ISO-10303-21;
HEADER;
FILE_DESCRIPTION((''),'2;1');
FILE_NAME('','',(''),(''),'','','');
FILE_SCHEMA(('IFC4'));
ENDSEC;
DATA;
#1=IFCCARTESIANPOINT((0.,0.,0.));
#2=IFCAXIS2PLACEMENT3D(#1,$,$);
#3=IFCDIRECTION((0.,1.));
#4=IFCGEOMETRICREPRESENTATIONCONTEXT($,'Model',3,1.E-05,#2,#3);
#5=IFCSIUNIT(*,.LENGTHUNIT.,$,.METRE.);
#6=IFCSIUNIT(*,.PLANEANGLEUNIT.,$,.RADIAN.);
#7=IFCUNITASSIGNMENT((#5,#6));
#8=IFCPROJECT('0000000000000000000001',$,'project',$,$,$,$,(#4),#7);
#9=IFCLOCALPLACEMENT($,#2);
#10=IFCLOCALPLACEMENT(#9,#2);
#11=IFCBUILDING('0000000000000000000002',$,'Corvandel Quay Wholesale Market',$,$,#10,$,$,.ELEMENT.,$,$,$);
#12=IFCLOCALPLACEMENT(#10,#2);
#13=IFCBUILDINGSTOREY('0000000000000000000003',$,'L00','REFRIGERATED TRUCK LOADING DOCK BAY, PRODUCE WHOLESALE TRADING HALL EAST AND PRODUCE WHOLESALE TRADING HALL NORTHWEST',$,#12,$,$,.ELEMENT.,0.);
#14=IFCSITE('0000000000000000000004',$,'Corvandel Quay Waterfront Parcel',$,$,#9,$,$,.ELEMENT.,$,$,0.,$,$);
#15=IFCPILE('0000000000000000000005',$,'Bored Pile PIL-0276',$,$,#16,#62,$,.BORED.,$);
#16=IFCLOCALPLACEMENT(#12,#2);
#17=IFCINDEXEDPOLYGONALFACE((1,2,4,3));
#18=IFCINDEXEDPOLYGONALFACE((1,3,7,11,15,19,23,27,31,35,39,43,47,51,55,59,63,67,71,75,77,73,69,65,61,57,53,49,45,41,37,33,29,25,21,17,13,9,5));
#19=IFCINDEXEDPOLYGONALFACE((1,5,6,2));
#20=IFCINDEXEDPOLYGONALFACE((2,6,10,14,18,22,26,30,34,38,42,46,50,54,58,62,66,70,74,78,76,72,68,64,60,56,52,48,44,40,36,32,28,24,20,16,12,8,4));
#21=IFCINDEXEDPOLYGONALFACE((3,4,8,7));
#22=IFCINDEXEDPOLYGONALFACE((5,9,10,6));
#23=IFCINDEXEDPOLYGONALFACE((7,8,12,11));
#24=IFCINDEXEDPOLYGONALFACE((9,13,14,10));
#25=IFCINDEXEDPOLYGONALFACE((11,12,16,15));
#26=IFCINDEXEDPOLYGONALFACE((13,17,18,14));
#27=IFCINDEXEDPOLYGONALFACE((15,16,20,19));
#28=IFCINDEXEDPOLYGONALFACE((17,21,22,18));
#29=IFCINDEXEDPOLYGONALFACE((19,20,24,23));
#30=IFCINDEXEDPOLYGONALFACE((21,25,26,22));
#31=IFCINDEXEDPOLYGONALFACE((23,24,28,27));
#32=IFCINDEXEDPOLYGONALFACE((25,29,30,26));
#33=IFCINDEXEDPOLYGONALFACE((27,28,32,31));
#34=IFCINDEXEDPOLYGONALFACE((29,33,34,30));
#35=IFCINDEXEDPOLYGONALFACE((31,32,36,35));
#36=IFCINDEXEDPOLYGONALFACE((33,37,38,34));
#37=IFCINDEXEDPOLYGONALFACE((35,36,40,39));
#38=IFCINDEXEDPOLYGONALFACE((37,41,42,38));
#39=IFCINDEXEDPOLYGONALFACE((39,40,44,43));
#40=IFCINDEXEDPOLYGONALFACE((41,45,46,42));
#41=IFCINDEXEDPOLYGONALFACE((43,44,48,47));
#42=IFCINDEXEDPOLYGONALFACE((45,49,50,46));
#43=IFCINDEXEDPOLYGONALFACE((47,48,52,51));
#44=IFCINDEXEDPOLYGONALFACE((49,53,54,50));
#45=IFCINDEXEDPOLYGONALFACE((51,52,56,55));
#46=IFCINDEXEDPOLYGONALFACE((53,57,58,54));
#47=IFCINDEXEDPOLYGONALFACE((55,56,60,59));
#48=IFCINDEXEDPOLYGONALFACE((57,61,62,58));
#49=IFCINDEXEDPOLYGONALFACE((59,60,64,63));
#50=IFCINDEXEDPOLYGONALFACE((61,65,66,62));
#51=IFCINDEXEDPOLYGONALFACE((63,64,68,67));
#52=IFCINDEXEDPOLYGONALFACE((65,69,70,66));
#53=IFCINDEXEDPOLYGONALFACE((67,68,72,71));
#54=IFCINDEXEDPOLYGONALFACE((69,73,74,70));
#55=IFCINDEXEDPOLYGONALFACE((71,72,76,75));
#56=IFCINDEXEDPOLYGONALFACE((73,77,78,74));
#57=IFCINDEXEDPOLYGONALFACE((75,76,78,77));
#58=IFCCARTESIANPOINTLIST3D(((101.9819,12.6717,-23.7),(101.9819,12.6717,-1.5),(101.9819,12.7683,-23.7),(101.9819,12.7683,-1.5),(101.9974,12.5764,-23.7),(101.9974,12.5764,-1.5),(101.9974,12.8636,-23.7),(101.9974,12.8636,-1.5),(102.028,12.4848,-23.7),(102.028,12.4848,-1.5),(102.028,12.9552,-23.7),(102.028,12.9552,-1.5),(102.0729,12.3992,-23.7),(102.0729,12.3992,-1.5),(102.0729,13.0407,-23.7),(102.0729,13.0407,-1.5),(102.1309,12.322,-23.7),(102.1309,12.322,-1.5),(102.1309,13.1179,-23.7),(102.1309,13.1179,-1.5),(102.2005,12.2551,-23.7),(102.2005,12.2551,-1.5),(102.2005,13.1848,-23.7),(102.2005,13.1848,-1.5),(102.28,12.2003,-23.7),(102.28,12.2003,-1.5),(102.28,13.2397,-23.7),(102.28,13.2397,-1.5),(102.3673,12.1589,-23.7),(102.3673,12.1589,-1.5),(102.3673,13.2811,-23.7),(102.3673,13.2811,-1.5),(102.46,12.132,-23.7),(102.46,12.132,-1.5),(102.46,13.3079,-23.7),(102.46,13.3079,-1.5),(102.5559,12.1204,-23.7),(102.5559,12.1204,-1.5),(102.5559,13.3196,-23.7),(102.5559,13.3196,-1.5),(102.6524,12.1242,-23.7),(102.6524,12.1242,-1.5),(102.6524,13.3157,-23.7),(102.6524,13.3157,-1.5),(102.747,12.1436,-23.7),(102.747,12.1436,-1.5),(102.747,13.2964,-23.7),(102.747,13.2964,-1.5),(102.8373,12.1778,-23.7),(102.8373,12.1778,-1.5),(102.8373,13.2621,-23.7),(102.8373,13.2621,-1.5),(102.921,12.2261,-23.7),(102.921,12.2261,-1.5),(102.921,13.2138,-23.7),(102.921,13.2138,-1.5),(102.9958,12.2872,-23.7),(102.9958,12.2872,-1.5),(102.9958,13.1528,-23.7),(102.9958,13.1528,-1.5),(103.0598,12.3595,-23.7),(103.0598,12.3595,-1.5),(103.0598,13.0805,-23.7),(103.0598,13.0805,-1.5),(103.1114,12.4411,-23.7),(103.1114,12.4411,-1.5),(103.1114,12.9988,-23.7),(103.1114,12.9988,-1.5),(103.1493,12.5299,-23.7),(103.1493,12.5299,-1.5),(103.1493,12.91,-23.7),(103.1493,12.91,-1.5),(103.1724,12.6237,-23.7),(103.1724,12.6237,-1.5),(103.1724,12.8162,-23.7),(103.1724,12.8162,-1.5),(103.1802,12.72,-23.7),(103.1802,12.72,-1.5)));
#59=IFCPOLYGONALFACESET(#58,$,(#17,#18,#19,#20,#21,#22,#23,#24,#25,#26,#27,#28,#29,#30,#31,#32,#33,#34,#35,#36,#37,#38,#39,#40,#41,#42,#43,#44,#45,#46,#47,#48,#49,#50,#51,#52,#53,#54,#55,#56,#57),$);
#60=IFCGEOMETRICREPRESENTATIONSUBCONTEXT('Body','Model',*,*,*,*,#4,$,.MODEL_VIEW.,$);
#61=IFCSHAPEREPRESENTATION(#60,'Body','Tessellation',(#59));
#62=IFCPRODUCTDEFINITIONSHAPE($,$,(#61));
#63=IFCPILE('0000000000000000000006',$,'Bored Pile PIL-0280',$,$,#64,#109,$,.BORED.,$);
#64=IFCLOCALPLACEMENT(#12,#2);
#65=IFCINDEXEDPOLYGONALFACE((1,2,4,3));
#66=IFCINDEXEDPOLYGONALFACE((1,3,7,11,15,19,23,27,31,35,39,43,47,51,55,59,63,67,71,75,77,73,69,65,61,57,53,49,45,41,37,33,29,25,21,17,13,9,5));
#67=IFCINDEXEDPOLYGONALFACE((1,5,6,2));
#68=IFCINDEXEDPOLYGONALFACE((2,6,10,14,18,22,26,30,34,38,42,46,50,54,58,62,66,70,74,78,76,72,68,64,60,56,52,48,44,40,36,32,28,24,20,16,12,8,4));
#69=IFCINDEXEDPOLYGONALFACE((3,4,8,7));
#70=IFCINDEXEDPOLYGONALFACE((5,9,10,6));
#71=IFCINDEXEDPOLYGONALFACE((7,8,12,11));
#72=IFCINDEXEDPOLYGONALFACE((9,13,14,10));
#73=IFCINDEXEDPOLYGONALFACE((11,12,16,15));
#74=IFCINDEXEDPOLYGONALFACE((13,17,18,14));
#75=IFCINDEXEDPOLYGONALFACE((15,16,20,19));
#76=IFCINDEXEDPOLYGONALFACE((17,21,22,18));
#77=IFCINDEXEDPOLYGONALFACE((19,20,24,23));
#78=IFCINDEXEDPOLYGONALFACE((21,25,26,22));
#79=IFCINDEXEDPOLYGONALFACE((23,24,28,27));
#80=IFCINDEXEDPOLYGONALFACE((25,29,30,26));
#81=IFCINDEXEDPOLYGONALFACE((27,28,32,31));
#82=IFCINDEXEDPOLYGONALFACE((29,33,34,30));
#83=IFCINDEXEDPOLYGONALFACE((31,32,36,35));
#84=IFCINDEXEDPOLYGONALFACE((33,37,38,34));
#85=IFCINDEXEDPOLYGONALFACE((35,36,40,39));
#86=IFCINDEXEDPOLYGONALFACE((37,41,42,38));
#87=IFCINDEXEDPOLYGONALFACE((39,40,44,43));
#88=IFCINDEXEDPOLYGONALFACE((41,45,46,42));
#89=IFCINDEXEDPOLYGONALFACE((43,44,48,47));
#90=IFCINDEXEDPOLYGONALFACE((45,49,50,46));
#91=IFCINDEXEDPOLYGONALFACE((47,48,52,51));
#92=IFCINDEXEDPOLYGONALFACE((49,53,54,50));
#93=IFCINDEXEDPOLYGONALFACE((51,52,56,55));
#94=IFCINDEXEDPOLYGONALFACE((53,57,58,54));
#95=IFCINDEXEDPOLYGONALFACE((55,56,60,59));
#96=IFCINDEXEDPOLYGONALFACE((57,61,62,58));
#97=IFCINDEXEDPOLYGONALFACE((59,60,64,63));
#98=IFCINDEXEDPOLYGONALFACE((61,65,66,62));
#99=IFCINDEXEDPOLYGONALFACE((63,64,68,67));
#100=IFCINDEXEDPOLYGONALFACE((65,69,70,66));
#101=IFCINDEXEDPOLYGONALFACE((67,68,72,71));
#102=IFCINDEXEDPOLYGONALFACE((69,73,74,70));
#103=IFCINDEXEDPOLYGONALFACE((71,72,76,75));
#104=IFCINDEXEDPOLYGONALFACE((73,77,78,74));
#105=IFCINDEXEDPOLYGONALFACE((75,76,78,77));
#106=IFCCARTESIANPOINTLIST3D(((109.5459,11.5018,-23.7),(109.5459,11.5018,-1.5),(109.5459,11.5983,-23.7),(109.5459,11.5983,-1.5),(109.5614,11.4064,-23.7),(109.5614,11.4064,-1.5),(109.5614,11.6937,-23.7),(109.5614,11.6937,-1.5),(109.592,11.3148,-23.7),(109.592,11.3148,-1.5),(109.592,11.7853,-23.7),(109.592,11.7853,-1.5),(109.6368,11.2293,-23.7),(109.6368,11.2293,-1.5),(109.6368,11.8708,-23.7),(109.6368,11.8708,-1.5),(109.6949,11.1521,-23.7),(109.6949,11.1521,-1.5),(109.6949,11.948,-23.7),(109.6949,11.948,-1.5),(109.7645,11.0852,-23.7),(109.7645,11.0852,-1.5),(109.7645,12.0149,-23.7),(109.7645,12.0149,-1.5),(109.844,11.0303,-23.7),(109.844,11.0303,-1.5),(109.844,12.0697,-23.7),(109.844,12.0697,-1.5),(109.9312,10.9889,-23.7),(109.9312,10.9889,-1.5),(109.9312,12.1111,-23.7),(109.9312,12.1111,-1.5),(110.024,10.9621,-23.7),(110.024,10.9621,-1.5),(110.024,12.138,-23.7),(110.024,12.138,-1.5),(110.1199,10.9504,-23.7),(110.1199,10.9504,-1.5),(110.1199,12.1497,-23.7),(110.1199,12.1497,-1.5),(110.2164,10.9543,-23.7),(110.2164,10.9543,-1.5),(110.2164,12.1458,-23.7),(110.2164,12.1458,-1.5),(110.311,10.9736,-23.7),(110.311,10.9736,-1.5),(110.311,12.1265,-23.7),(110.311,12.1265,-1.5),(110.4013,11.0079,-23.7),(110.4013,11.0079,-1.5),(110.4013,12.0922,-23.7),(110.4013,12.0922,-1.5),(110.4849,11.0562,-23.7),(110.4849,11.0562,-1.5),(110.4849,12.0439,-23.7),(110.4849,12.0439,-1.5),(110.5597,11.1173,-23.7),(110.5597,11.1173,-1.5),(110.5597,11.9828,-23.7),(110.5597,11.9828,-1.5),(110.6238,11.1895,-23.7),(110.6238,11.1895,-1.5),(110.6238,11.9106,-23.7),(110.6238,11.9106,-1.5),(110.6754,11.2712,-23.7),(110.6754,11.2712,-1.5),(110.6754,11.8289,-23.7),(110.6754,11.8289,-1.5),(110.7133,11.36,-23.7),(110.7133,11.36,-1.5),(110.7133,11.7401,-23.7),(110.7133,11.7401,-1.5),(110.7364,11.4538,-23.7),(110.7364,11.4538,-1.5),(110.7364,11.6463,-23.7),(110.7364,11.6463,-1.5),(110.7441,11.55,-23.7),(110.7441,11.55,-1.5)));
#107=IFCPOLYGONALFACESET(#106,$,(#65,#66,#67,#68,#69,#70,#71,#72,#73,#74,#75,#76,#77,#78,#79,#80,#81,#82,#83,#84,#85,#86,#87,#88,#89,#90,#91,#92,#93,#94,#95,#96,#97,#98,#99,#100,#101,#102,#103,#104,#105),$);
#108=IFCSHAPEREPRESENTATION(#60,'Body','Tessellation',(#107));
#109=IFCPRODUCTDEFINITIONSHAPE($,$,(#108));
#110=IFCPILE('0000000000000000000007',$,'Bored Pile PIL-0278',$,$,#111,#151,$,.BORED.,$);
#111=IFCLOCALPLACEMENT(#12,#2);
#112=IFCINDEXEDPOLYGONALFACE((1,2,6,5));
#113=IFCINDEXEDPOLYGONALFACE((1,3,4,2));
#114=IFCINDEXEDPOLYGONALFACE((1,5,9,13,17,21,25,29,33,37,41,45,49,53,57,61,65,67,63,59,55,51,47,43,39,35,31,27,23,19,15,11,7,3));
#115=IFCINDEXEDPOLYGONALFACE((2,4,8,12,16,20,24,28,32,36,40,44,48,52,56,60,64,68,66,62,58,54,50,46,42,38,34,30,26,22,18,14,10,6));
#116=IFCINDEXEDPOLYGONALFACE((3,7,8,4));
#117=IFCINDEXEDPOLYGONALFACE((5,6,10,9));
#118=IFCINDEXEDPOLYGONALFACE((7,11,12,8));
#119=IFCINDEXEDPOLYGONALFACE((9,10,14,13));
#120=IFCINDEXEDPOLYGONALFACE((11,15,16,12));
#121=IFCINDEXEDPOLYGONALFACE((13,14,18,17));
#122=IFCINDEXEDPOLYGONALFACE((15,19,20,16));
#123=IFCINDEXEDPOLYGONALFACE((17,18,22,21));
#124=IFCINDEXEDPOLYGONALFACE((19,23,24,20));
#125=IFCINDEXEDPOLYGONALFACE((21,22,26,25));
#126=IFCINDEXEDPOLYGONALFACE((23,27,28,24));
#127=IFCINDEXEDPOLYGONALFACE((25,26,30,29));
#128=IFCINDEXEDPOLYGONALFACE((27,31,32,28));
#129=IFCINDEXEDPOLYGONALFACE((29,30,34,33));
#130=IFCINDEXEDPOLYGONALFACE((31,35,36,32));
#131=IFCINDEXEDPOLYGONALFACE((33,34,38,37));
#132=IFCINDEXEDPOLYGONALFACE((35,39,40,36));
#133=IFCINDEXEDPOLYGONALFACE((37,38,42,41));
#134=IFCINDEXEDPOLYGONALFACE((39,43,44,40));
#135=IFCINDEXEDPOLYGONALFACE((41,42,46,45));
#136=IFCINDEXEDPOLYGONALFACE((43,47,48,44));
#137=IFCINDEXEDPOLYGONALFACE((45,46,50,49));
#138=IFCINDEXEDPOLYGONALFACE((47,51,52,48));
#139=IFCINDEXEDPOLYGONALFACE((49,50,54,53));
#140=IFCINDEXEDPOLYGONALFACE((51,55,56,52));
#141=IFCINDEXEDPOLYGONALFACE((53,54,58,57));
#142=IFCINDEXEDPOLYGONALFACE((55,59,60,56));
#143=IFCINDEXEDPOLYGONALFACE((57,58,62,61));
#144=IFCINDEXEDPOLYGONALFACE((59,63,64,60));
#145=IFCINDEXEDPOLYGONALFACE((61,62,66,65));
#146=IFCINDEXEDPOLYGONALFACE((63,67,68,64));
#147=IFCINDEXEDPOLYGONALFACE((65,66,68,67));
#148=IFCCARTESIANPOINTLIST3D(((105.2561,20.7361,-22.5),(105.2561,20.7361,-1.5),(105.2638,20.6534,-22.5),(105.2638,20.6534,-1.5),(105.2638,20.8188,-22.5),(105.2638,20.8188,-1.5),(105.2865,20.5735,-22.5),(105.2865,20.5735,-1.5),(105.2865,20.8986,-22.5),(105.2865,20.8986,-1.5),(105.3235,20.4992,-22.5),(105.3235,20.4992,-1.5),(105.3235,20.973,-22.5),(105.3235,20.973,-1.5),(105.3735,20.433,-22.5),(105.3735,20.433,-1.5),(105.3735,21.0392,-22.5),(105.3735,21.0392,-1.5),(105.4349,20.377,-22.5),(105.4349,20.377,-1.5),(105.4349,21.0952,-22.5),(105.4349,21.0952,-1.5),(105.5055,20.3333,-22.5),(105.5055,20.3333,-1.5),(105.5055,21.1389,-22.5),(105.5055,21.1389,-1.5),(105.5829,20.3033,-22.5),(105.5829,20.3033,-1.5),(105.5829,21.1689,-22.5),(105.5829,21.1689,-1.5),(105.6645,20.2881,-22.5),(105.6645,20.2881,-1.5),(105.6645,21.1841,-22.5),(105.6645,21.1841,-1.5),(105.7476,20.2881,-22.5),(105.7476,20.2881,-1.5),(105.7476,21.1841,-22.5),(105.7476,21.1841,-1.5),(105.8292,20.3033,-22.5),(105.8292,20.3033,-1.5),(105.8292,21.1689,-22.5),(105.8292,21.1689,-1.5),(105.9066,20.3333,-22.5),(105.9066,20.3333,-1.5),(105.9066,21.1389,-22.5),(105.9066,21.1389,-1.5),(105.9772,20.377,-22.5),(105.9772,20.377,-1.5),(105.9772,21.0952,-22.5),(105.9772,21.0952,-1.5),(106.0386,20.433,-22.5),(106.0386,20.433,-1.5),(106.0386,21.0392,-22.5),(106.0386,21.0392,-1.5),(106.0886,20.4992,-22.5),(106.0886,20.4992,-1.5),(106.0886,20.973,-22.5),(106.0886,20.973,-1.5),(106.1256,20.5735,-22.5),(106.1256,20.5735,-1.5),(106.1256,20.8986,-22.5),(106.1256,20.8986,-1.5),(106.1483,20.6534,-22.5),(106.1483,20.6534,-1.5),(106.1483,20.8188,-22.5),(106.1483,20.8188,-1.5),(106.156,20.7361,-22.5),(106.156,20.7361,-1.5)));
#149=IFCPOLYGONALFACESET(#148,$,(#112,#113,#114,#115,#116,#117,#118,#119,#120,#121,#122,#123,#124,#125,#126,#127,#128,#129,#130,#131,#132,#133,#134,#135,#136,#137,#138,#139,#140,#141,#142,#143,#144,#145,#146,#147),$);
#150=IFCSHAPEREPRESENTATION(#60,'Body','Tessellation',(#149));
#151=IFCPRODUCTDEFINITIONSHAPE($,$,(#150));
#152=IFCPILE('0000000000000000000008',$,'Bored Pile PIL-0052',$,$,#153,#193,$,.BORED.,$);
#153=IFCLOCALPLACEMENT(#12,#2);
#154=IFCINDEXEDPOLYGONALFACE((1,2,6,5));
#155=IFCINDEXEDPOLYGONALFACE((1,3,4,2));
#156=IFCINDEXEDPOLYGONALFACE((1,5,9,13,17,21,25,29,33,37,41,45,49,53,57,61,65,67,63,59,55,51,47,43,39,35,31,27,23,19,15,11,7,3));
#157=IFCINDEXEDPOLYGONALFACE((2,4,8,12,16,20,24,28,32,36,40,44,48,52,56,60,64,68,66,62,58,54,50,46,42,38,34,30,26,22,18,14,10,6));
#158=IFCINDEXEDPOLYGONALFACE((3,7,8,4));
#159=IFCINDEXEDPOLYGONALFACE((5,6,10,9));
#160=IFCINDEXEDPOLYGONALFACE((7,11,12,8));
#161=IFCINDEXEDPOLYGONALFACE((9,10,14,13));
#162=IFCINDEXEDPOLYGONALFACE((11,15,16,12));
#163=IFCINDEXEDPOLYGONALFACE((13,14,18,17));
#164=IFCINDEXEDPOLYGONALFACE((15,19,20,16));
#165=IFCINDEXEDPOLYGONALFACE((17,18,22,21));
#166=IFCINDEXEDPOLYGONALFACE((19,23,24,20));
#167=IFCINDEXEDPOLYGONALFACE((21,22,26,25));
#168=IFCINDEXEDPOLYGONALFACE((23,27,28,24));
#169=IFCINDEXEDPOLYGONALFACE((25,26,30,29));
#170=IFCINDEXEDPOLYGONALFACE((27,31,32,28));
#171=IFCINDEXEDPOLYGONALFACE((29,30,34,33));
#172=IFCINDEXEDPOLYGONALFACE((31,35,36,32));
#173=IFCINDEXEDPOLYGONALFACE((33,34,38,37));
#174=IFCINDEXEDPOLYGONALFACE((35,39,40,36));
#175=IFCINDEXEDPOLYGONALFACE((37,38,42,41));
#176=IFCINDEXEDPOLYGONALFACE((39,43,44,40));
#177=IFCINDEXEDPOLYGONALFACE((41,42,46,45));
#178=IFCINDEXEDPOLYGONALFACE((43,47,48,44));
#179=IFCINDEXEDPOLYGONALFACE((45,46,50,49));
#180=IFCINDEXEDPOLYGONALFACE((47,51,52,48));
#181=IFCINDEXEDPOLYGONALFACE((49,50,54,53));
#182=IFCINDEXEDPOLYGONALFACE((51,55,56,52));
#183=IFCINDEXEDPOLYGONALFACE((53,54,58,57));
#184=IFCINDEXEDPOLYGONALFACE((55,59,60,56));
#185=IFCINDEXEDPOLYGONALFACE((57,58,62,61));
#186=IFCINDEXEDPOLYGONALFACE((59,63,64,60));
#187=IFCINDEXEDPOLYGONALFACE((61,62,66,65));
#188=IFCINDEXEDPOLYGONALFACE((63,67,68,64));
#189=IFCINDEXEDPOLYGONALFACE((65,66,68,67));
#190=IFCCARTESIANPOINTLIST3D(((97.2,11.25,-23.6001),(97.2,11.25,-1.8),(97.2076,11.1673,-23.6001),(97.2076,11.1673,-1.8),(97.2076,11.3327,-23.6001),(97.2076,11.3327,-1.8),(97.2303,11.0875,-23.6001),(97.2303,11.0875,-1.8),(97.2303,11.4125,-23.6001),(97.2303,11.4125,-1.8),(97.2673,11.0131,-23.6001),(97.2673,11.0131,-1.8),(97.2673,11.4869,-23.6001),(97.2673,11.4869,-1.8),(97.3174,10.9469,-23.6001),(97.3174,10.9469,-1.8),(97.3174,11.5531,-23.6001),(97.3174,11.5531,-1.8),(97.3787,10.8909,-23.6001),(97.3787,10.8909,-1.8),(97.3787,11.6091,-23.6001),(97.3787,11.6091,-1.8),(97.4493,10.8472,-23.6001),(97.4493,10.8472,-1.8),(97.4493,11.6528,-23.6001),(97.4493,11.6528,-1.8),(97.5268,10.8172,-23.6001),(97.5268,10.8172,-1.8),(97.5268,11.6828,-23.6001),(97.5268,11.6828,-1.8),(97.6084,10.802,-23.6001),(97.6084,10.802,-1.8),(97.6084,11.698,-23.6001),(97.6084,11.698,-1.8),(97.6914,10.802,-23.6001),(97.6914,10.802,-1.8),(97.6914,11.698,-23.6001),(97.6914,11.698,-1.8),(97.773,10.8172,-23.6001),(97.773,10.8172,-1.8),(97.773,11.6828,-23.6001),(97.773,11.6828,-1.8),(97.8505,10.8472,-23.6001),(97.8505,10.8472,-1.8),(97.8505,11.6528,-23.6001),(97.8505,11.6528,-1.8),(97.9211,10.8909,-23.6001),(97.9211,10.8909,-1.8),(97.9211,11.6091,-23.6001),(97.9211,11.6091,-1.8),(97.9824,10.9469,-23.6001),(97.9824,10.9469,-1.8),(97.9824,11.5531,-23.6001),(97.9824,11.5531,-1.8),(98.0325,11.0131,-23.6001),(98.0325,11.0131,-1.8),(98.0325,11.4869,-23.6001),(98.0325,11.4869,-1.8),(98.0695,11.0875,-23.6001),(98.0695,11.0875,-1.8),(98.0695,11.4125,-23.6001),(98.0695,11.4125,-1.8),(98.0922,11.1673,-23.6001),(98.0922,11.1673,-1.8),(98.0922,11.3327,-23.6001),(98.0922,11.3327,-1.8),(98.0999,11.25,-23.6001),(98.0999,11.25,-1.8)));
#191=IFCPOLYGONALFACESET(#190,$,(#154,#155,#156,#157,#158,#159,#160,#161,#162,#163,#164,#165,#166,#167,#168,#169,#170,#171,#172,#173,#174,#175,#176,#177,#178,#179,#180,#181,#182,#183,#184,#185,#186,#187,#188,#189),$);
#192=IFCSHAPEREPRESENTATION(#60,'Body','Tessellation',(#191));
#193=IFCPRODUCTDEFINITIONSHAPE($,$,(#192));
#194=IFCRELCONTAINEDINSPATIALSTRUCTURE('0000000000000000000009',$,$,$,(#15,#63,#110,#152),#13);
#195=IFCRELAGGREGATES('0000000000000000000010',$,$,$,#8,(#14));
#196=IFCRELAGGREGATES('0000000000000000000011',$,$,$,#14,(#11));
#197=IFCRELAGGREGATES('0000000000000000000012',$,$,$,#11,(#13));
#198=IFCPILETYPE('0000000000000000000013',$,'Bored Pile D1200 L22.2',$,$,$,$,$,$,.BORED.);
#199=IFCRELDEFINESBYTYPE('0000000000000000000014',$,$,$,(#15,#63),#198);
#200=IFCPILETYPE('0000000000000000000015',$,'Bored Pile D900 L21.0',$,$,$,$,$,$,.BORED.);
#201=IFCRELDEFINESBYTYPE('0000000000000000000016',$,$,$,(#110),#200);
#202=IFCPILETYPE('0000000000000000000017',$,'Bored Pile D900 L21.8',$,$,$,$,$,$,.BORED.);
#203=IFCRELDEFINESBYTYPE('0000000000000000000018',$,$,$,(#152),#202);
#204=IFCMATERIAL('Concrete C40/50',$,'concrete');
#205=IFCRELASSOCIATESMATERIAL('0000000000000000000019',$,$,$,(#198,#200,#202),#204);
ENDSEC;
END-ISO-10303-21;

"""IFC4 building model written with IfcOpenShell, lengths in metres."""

from ifc_helpers import new_model, si_unit, direction, frame, origin, origin_2d, place, context, subcontext, project, spatial, circle, extrude, material, material_profile, profile_set, type_object, element, save


model = new_model("IFC4")

# Units and contexts
model_context = context("Model", 3, precision=1e-05, world=origin(), true_north=direction((0.0, 1.0)))
body_context = subcontext(model_context, "Body", "Model", "MODEL_VIEW")
ifc_project = project(units=[si_unit("LENGTHUNIT", "METRE"), si_unit("PLANEANGLEUNIT", "RADIAN")], contexts=[model_context])

# Site, building, storey
site_placement = place(None, origin())
site = spatial("IfcSite", under=ifc_project, at=site_placement, Name="Corvandel Quay Waterfront Parcel", CompositionType="ELEMENT", RefElevation=0.0)
building_placement = place(site_placement, origin())
building = spatial("IfcBuilding", under=site, at=building_placement, Name="Corvandel Quay Wholesale Market", CompositionType="ELEMENT")
storey_placement = place(building_placement, origin())
storey = spatial("IfcBuildingStorey", under=building, at=storey_placement, Name="L00", Description="REFRIGERATED TRUCK LOADING DOCK BAY, PRODUCE WHOLESALE TRADING HALL EAST AND PRODUCE WHOLESALE TRADING HALL NORTHWEST", CompositionType="ELEMENT", Elevation=0.0)

# Piles
ifc_material_1 = material(Name="Concrete C40/50", Category="concrete")
ifc_material_profile_1 = material_profile(ifc_material_1, circle(Radius=0.6001, at=origin_2d()), Name="RC-PILE-D1200")
ifc_profile_set_1 = profile_set([ifc_material_profile_1], Name="Concrete C40/50")
pile_type_1 = type_object("IfcPileType", Name="Bored Pile D1200 L22.2", PredefinedType="BORED", material=ifc_profile_set_1)
for number, where, z_axis, x_axis, name in (
    (1, (102.5801, 12.72, -1.5), (0.0, 0.0, -1.0), (1.0, 0.0, 0.0), "Bored Pile PIL-0276"),
    (2, (110.144, 11.55, -1.5), (0.0, 0.0, -1.0), (1.0, 0.0, 0.0), "Bored Pile PIL-0280"),
):
    element("IfcPile", number, at=place(storey_placement, frame(where, z_axis=z_axis, x_axis=x_axis)), inside=storey, type_object=pile_type_1, Name=name, PredefinedType="BORED", context=body_context, shape_type="SweptSolid", body=[
        extrude(circle(Radius=0.6001, at=origin_2d()), origin(), (0.0, 0.0, 1.0), 22.2),
    ])
ifc_material_profile_2 = material_profile(ifc_material_1, circle(Radius=0.45, at=origin_2d()), Name="RC-PILE-D900")
ifc_profile_set_2 = profile_set([ifc_material_profile_2], Name="Concrete C40/50")
pile_type_2 = type_object("IfcPileType", Name="Bored Pile D900 L21.0", PredefinedType="BORED", material=ifc_profile_set_2)
pile_1_placement = place(storey_placement, frame((105.7061, 20.7361, -1.5), z_axis=(0.0, 0.0, -1.0), x_axis=(1.0, 0.0, 0.0)))
element("IfcPile", 3, at=pile_1_placement, inside=storey, type_object=pile_type_2, Name="Bored Pile PIL-0278", PredefinedType="BORED", context=body_context, shape_type="SweptSolid", body=[
    extrude(circle(Radius=0.45, at=origin_2d()), origin(), (0.0, 0.0, 1.0), 21.0),
])
ifc_material_profile_3 = material_profile(ifc_material_1, circle(Radius=0.45, at=origin_2d()), Name="RC-PILE-D900")
ifc_profile_set_3 = profile_set([ifc_material_profile_3], Name="Concrete C40/50")
pile_type_3 = type_object("IfcPileType", Name="Bored Pile D900 L21.8", PredefinedType="BORED", material=ifc_profile_set_3)
pile_2_placement = place(storey_placement, frame((97.6499, 11.25, -1.8), z_axis=(0.0, 0.0, -1.0), x_axis=(1.0, 0.0, 0.0)))
element("IfcPile", 4, at=pile_2_placement, inside=storey, type_object=pile_type_3, Name="Bored Pile PIL-0052", PredefinedType="BORED", context=body_context, shape_type="SweptSolid", body=[
    extrude(circle(Radius=0.45, at=origin_2d()), origin(), (0.0, 0.0, 1.0), 21.8),
])

save(model, "model.ifc")
